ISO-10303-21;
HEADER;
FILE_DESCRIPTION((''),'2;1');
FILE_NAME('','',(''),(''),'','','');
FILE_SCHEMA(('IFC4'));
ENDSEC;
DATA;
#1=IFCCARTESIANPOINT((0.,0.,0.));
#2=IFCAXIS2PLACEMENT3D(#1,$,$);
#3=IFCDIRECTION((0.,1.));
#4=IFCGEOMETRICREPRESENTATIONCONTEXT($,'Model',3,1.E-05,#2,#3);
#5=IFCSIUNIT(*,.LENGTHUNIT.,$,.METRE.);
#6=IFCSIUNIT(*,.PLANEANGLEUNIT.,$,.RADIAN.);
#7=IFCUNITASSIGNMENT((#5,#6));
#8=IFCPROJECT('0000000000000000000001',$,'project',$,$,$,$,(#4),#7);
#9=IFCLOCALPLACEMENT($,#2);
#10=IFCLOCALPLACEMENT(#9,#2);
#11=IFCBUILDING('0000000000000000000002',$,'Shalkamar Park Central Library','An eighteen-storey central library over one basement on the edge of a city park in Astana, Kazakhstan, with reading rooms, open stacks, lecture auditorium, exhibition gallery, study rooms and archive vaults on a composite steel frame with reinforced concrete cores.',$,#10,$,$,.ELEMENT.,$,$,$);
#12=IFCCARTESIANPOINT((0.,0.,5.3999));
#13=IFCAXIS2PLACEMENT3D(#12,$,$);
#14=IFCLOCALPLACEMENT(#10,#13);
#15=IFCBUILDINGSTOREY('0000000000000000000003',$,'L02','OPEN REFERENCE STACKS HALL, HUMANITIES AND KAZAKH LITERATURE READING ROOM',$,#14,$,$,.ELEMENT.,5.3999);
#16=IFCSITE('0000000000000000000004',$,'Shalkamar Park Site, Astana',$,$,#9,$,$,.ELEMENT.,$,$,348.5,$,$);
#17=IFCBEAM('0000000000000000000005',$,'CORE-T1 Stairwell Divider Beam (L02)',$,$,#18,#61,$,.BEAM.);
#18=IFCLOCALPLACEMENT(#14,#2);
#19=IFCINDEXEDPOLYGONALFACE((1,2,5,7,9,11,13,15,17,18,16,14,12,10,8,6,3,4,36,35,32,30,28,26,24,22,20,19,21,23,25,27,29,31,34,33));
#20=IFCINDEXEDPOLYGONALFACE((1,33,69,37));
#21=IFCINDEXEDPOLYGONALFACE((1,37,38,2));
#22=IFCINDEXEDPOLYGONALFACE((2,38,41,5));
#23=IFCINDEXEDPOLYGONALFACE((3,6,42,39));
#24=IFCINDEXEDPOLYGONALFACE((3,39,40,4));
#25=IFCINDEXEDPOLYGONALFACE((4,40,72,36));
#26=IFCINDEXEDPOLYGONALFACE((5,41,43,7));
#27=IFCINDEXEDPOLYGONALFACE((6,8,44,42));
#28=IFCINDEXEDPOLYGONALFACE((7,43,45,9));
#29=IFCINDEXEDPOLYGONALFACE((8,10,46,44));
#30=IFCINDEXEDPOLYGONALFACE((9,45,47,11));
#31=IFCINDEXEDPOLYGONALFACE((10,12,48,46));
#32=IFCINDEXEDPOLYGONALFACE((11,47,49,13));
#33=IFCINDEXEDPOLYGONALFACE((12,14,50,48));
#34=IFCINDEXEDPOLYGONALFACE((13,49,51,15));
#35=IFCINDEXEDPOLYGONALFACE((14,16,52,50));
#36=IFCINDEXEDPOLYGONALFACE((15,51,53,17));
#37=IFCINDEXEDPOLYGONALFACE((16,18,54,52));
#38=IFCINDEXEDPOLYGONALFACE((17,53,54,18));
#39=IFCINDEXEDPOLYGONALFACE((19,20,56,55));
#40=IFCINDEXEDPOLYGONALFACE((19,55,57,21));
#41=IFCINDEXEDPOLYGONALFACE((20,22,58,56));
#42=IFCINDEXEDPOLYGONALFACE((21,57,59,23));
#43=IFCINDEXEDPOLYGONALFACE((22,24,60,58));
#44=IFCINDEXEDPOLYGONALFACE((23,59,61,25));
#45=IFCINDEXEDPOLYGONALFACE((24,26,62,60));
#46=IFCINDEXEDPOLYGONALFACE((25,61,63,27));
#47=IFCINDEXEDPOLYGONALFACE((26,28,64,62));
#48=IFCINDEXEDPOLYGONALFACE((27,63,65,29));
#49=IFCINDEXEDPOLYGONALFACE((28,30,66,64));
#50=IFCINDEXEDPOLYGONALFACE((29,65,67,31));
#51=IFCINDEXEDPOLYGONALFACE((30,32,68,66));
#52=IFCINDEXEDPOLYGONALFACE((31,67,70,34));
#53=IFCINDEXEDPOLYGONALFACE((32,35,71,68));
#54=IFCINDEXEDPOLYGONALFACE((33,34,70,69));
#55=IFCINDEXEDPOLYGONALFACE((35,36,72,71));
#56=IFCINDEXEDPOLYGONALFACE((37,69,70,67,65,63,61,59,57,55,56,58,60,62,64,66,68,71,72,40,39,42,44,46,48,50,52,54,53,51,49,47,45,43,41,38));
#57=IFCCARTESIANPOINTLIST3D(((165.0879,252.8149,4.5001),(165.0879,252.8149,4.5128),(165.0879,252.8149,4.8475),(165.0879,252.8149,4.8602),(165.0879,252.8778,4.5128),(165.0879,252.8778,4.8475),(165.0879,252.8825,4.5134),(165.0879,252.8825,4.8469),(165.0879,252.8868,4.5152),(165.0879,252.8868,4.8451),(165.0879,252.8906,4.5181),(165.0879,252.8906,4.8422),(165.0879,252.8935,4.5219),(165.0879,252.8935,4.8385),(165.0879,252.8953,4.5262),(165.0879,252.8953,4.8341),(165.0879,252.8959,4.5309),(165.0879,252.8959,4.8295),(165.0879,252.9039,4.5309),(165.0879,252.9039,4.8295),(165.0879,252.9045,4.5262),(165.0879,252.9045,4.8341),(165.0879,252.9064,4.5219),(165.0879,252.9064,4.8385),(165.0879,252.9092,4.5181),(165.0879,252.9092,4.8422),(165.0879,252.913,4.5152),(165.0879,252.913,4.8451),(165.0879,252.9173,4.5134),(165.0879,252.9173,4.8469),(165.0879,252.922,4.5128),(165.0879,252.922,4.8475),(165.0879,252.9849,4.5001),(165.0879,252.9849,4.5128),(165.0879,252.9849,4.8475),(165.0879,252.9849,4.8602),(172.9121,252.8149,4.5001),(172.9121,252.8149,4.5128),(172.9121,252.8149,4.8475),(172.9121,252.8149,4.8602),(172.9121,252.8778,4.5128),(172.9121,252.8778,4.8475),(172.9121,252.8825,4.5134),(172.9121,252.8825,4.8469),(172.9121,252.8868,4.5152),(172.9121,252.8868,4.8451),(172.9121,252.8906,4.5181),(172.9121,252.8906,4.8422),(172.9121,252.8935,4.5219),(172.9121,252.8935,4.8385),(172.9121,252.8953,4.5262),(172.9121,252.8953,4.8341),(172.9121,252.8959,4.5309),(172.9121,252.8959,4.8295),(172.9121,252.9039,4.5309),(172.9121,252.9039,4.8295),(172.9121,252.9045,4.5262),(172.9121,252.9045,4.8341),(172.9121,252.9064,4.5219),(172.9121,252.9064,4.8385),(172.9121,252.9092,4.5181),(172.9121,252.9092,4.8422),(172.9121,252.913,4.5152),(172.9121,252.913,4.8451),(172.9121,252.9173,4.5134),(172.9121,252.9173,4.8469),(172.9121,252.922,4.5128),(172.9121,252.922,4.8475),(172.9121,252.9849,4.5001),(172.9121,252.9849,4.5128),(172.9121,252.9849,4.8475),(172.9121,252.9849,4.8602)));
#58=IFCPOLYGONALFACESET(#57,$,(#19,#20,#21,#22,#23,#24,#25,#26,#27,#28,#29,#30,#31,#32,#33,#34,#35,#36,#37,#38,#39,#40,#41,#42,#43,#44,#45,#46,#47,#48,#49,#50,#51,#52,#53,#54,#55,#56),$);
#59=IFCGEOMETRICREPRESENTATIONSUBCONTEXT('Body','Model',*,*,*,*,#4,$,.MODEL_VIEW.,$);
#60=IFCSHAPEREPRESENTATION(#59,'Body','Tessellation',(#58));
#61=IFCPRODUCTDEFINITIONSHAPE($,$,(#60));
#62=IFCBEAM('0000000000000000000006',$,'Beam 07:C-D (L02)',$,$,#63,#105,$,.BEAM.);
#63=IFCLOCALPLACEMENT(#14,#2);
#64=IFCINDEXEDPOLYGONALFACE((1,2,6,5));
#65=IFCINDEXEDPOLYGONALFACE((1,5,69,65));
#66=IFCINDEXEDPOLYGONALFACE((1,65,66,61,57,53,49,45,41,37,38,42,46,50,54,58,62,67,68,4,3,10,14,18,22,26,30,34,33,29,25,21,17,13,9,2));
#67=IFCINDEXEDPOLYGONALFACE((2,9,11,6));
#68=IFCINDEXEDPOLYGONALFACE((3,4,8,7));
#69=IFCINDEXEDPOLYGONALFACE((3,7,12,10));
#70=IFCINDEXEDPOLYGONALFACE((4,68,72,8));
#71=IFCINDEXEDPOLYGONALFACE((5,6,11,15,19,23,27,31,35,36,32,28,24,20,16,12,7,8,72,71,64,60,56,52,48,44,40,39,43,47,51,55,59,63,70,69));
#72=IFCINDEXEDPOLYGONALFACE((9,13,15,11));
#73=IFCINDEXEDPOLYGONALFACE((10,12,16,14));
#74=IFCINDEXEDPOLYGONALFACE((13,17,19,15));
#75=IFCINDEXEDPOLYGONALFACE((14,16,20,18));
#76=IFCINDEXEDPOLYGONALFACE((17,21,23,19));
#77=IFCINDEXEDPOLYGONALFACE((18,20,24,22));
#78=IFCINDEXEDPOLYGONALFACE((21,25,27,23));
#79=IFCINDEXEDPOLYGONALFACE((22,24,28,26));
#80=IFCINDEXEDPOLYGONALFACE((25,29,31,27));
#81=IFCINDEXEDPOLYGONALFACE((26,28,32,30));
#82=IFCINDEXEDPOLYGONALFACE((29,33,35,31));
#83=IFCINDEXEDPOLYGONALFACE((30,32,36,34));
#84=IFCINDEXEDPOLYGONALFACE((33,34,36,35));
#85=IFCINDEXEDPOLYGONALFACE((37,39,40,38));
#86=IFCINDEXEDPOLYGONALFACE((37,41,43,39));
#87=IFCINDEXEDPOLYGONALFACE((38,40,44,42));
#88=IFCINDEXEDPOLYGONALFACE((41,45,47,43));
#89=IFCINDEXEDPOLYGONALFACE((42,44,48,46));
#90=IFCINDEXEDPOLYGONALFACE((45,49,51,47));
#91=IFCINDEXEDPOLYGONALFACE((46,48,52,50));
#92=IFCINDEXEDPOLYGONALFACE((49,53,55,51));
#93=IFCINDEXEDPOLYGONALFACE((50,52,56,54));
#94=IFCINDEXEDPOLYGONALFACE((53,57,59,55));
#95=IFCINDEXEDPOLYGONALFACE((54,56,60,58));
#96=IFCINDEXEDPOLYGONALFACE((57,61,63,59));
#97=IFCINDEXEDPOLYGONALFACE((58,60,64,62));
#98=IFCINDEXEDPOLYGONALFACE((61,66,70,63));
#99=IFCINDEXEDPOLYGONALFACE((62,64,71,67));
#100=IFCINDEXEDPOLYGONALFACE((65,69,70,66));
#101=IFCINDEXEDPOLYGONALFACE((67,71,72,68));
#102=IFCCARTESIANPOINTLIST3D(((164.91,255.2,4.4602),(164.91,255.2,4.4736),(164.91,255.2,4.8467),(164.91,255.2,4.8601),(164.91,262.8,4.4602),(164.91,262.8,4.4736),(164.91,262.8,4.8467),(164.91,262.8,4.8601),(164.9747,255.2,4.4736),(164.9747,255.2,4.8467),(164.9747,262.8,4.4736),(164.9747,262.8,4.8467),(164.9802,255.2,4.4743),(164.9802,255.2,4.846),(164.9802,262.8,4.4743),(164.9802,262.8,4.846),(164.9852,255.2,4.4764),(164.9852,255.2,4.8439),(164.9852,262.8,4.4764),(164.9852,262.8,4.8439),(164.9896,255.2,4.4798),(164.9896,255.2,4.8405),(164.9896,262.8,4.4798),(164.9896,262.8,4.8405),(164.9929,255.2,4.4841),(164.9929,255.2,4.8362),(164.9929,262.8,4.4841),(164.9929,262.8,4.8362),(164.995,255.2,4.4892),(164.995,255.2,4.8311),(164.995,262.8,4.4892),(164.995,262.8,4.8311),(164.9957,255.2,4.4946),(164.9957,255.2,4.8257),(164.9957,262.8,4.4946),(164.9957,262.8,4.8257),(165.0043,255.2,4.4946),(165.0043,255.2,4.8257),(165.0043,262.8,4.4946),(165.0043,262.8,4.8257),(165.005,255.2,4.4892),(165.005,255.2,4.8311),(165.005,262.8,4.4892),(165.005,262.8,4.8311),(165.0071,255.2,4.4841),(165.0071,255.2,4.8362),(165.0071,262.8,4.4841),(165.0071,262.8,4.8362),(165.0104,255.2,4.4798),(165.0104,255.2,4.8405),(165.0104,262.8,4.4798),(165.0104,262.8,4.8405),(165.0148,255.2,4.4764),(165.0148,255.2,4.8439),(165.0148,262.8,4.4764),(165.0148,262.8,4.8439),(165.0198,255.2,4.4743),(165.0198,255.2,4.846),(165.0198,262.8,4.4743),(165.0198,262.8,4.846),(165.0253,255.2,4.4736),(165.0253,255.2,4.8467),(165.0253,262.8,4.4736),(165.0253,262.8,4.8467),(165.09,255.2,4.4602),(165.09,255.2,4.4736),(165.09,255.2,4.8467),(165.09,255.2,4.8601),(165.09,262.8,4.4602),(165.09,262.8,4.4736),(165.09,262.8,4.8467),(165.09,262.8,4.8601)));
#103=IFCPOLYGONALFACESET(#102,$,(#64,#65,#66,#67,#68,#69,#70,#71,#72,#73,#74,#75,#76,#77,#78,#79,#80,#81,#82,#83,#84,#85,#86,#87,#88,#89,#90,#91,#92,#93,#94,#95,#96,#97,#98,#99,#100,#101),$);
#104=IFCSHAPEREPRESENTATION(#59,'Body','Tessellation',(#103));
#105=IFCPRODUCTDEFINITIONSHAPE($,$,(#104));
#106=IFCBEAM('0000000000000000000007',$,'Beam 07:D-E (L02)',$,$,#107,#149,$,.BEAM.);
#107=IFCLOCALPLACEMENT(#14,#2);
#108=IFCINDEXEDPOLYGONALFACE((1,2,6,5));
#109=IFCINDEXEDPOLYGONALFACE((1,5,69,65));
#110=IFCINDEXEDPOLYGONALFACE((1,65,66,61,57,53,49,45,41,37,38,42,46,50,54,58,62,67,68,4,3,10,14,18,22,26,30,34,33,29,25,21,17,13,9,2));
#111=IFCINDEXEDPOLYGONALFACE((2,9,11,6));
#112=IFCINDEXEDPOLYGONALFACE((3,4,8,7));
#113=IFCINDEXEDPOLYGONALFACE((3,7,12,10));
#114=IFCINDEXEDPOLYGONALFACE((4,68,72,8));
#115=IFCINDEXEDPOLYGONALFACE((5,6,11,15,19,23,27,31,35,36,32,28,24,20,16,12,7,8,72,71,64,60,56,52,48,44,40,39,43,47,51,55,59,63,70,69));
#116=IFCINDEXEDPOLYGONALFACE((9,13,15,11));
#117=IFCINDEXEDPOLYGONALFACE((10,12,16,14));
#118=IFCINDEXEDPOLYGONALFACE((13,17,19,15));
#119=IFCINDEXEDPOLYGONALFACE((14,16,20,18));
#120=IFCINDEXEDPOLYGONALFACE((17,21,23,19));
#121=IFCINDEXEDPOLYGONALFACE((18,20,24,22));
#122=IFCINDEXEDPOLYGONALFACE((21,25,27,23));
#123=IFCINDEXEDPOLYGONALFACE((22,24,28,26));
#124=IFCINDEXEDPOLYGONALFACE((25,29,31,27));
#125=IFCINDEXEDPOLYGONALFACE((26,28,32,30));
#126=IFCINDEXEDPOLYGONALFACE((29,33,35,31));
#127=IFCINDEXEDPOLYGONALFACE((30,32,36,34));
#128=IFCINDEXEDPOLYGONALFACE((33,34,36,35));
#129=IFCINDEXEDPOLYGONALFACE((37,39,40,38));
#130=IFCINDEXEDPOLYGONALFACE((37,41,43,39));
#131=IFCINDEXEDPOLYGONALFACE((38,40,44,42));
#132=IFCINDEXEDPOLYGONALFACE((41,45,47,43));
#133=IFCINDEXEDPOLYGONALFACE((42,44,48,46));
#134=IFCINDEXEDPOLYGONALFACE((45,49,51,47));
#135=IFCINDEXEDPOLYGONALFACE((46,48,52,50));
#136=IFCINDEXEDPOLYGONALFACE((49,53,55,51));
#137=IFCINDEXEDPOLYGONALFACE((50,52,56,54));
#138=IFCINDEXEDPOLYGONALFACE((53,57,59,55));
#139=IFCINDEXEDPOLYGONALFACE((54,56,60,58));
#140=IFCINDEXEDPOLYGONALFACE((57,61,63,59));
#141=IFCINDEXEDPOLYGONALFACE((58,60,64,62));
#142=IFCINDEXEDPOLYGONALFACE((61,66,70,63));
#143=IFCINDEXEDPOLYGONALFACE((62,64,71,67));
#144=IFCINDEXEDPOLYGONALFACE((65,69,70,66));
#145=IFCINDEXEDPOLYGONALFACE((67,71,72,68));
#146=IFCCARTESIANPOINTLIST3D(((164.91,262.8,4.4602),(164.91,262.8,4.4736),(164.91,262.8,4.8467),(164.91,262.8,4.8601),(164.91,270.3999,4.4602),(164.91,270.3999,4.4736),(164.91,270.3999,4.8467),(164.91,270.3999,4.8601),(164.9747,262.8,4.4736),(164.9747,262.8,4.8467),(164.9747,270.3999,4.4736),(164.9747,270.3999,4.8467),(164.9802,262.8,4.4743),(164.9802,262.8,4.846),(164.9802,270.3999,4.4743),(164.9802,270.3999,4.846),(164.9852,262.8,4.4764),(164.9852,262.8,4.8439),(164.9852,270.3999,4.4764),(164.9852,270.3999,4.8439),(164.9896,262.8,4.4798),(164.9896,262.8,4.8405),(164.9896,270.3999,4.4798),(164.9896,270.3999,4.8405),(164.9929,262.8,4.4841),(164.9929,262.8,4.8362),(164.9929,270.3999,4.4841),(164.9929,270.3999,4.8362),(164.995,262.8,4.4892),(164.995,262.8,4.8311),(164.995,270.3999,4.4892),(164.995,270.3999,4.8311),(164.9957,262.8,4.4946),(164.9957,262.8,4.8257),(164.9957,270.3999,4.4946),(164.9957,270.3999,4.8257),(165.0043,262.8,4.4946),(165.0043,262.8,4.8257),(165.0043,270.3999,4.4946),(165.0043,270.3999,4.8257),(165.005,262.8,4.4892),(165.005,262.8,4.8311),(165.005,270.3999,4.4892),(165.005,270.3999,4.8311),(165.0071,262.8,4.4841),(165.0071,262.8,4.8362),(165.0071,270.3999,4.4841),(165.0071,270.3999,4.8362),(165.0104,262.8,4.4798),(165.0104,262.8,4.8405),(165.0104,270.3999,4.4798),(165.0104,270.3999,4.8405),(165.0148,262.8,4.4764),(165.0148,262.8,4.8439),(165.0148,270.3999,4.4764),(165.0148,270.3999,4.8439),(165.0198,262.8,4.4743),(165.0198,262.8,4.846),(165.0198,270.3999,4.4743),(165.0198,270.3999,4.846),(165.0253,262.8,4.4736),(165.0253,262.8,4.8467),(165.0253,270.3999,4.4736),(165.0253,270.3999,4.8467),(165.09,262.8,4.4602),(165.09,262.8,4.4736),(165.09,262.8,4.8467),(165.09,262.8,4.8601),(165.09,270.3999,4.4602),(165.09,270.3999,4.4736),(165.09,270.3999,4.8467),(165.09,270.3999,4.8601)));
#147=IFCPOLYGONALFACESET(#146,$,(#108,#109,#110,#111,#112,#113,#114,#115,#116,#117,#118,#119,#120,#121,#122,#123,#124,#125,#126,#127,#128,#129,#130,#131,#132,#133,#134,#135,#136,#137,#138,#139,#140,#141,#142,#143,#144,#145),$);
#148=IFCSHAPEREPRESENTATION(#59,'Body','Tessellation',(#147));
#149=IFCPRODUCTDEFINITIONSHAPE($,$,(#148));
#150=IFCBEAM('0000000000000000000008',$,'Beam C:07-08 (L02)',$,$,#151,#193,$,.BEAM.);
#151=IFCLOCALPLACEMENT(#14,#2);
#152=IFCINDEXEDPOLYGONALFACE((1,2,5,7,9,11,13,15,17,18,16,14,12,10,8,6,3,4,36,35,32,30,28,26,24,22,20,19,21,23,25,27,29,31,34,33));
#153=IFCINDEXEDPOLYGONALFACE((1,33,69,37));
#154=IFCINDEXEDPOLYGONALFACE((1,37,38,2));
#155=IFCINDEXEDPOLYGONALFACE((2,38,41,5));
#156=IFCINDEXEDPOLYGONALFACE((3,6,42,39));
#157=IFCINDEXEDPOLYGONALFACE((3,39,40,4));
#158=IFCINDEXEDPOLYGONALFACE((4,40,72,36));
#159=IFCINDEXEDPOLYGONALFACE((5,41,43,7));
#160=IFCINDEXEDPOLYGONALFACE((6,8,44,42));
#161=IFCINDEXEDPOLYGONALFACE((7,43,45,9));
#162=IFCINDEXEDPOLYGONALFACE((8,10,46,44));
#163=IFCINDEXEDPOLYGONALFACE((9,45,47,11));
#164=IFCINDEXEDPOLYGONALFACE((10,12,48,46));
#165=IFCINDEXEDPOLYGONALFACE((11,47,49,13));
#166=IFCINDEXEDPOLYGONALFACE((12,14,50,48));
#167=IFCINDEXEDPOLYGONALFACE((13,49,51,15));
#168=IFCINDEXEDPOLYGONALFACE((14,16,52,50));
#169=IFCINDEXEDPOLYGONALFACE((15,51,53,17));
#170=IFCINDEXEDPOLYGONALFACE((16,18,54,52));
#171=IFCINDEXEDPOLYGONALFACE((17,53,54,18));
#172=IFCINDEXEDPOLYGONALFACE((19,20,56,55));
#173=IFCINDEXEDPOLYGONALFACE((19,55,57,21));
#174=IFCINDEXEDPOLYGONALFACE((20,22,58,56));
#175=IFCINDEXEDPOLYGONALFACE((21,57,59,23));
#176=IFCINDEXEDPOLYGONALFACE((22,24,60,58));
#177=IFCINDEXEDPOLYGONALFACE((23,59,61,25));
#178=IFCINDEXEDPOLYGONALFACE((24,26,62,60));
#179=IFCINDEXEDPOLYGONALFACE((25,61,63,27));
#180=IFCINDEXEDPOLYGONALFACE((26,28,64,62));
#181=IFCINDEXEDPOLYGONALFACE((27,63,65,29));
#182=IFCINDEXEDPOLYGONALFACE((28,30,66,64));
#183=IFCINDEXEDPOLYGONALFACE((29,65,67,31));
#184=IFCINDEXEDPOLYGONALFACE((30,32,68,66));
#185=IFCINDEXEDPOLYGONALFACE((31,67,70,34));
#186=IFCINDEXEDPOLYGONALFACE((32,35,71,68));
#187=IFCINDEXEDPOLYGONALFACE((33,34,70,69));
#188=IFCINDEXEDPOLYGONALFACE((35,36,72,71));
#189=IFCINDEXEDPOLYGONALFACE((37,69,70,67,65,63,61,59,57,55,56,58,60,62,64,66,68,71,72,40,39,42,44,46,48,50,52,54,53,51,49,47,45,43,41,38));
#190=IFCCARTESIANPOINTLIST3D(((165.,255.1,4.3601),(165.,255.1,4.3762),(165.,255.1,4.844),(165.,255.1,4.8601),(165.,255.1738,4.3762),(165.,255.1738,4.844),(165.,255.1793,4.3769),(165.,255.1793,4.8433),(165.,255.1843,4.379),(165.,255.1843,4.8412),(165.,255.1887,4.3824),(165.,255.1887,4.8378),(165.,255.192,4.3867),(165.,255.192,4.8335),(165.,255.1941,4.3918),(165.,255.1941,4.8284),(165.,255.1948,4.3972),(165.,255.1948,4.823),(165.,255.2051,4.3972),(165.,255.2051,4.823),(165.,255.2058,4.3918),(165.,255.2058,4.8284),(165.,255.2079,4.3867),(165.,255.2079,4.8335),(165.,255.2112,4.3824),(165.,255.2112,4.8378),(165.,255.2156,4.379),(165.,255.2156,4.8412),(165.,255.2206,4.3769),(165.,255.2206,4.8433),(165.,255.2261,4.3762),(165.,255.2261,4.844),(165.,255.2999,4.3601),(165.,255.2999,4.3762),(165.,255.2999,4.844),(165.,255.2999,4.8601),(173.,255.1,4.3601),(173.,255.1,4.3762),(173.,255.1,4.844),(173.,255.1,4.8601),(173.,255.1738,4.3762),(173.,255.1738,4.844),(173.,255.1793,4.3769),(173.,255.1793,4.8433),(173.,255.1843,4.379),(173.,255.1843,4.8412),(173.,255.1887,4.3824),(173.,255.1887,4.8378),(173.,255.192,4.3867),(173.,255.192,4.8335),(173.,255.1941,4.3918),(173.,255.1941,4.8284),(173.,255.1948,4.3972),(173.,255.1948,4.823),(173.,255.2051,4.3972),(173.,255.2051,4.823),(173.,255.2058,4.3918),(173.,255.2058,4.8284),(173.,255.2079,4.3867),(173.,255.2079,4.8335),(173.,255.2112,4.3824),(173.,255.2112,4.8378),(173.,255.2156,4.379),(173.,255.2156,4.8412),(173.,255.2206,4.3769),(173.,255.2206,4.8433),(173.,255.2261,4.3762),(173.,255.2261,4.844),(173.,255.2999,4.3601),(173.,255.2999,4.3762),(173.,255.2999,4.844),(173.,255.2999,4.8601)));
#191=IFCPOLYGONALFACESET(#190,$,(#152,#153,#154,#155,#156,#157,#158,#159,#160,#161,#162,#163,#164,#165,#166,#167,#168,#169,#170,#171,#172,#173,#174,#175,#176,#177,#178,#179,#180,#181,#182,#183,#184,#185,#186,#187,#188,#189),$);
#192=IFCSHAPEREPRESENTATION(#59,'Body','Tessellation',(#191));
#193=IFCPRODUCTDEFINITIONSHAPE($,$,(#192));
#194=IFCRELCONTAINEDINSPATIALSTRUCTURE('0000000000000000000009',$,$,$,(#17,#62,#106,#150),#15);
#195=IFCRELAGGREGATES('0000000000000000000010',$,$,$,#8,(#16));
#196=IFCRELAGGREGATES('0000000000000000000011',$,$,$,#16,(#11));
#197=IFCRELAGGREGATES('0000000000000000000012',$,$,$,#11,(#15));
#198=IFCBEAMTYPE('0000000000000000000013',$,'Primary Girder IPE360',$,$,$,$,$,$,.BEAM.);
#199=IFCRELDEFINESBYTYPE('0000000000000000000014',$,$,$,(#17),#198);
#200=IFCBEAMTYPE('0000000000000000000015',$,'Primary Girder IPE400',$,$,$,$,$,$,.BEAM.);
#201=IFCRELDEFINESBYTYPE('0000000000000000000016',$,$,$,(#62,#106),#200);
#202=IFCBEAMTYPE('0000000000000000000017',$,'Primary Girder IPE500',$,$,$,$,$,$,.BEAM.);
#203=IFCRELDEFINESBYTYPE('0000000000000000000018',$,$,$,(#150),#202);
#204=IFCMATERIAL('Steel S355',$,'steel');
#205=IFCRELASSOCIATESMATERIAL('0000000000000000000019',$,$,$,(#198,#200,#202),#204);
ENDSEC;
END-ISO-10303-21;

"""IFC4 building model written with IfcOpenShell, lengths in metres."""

from ifc_helpers import new_model, si_unit, direction, frame, origin, origin_2d, place, context, subcontext, project, spatial, i_section, extrude, material, material_profile, profile_set, type_object, element, save


model = new_model("IFC4")

# Units and contexts
model_context = context("Model", 3, precision=1e-05, world=origin(), true_north=direction((0.0, 1.0)))
body_context = subcontext(model_context, "Body", "Model", "MODEL_VIEW")
ifc_project = project(units=[si_unit("LENGTHUNIT", "METRE"), si_unit("PLANEANGLEUNIT", "RADIAN")], contexts=[model_context])

# Site, building, storey
site_placement = place(None, origin())
site = spatial("IfcSite", under=ifc_project, at=site_placement, Name="Shalkamar Park Site, Astana", CompositionType="ELEMENT", RefElevation=348.5)
building_placement = place(site_placement, origin())
building = spatial("IfcBuilding", under=site, at=building_placement, Name="Shalkamar Park Central Library", Description="An eighteen-storey central library over one basement on the edge of a city park in Astana, Kazakhstan, with reading rooms, open stacks, lecture auditorium, exhibition gallery, study rooms and archive vaults on a composite steel frame with reinforced concrete cores.", CompositionType="ELEMENT")
storey_placement = place(building_placement, frame((0.0, 0.0, 5.3999)))
storey = spatial("IfcBuildingStorey", under=building, at=storey_placement, Name="L02", Description="OPEN REFERENCE STACKS HALL, HUMANITIES AND KAZAKH LITERATURE READING ROOM", CompositionType="ELEMENT", Elevation=5.3999)

# Shared definitions
ifc_material_1 = material(Name="Steel S355", Category="steel")

# Beams
ifc_material_profile_1 = material_profile(ifc_material_1, i_section(OverallWidth=0.1699, OverallDepth=0.3601, WebThickness=0.0081, FlangeThickness=0.0127, FilletRadius=0.0181, at=origin_2d()), Name="IPE 360")
ifc_profile_set_1 = profile_set([ifc_material_profile_1], Name="Steel S355")
beam_type_1 = type_object("IfcBeamType", Name="Primary Girder IPE360", PredefinedType="BEAM", material=ifc_profile_set_1)
beam_1_placement = place(storey_placement, frame((165.0879, 252.8999, 4.6802), z_axis=(1.0, 0.0, 0.0), x_axis=(0.0, 1.0, 0.0)))
element("IfcBeam", 1, at=beam_1_placement, inside=storey, type_object=beam_type_1, Name="CORE-T1 Stairwell Divider Beam (L02)", PredefinedType="BEAM", context=body_context, shape_type="SweptSolid", body=[
    extrude(i_section(OverallWidth=0.1699, OverallDepth=0.3601, WebThickness=0.0081, FlangeThickness=0.0127, FilletRadius=0.0181, at=origin_2d()), origin(), (0.0, 0.0, 1.0), 7.8242),
])
ifc_material_profile_2 = material_profile(ifc_material_1, i_section(OverallWidth=0.1799, OverallDepth=0.3999, WebThickness=0.0085, FlangeThickness=0.0134, FilletRadius=0.021, at=origin_2d()), Name="IPE 400")
ifc_profile_set_2 = profile_set([ifc_material_profile_2], Name="Steel S355")
beam_type_2 = type_object("IfcBeamType", Name="Primary Girder IPE400", PredefinedType="BEAM", material=ifc_profile_set_2)
beam_2_placement = place(storey_placement, frame((165.0, 255.2, 4.6602), z_axis=(0.0, 1.0, 0.0), x_axis=(-1.0, 0.0, 0.0)))
element("IfcBeam", 2, at=beam_2_placement, inside=storey, type_object=beam_type_2, Name="Beam 07:C-D (L02)", PredefinedType="BEAM", context=body_context, shape_type="SweptSolid", body=[
    extrude(i_section(OverallWidth=0.1799, OverallDepth=0.3999, WebThickness=0.0085, FlangeThickness=0.0134, FilletRadius=0.021, at=origin_2d()), origin(), (0.0, 0.0, 1.0), 7.6001),
])
beam_3_placement = place(storey_placement, frame((165.0, 262.8, 4.6602), z_axis=(0.0, 1.0, 0.0), x_axis=(-1.0, 0.0, 0.0)))
element("IfcBeam", 3, at=beam_3_placement, inside=storey, type_object=beam_type_2, Name="Beam 07:D-E (L02)", PredefinedType="BEAM", context=body_context, shape_type="SweptSolid", body=[
    extrude(i_section(OverallWidth=0.1799, OverallDepth=0.3999, WebThickness=0.0085, FlangeThickness=0.0134, FilletRadius=0.021, at=origin_2d()), origin(), (0.0, 0.0, 1.0), 7.5999),
])
ifc_material_profile_3 = material_profile(ifc_material_1, i_section(OverallWidth=0.2, OverallDepth=0.5, WebThickness=0.0103, FlangeThickness=0.0161, FilletRadius=0.021, at=origin_2d()), Name="IPE 500")
ifc_profile_set_3 = profile_set([ifc_material_profile_3], Name="Steel S355")
beam_type_3 = type_object("IfcBeamType", Name="Primary Girder IPE500", PredefinedType="BEAM", material=ifc_profile_set_3)
for number, where, z_axis, x_axis, name in (
    (4, (165.0, 255.2, 4.6101), (1.0, 0.0, 0.0), (0.0, 1.0, 0.0), "Beam C:07-08 (L02)"),
):
    element("IfcBeam", number, at=place(storey_placement, frame(where, z_axis=z_axis, x_axis=x_axis)), inside=storey, type_object=beam_type_3, Name=name, PredefinedType="BEAM", context=body_context, shape_type="SweptSolid", body=[
        extrude(i_section(OverallWidth=0.2, OverallDepth=0.5, WebThickness=0.0103, FlangeThickness=0.0161, FilletRadius=0.021, at=origin_2d()), origin(), (0.0, 0.0, 1.0), 8.0),
    ])

save(model, "model.ifc")
